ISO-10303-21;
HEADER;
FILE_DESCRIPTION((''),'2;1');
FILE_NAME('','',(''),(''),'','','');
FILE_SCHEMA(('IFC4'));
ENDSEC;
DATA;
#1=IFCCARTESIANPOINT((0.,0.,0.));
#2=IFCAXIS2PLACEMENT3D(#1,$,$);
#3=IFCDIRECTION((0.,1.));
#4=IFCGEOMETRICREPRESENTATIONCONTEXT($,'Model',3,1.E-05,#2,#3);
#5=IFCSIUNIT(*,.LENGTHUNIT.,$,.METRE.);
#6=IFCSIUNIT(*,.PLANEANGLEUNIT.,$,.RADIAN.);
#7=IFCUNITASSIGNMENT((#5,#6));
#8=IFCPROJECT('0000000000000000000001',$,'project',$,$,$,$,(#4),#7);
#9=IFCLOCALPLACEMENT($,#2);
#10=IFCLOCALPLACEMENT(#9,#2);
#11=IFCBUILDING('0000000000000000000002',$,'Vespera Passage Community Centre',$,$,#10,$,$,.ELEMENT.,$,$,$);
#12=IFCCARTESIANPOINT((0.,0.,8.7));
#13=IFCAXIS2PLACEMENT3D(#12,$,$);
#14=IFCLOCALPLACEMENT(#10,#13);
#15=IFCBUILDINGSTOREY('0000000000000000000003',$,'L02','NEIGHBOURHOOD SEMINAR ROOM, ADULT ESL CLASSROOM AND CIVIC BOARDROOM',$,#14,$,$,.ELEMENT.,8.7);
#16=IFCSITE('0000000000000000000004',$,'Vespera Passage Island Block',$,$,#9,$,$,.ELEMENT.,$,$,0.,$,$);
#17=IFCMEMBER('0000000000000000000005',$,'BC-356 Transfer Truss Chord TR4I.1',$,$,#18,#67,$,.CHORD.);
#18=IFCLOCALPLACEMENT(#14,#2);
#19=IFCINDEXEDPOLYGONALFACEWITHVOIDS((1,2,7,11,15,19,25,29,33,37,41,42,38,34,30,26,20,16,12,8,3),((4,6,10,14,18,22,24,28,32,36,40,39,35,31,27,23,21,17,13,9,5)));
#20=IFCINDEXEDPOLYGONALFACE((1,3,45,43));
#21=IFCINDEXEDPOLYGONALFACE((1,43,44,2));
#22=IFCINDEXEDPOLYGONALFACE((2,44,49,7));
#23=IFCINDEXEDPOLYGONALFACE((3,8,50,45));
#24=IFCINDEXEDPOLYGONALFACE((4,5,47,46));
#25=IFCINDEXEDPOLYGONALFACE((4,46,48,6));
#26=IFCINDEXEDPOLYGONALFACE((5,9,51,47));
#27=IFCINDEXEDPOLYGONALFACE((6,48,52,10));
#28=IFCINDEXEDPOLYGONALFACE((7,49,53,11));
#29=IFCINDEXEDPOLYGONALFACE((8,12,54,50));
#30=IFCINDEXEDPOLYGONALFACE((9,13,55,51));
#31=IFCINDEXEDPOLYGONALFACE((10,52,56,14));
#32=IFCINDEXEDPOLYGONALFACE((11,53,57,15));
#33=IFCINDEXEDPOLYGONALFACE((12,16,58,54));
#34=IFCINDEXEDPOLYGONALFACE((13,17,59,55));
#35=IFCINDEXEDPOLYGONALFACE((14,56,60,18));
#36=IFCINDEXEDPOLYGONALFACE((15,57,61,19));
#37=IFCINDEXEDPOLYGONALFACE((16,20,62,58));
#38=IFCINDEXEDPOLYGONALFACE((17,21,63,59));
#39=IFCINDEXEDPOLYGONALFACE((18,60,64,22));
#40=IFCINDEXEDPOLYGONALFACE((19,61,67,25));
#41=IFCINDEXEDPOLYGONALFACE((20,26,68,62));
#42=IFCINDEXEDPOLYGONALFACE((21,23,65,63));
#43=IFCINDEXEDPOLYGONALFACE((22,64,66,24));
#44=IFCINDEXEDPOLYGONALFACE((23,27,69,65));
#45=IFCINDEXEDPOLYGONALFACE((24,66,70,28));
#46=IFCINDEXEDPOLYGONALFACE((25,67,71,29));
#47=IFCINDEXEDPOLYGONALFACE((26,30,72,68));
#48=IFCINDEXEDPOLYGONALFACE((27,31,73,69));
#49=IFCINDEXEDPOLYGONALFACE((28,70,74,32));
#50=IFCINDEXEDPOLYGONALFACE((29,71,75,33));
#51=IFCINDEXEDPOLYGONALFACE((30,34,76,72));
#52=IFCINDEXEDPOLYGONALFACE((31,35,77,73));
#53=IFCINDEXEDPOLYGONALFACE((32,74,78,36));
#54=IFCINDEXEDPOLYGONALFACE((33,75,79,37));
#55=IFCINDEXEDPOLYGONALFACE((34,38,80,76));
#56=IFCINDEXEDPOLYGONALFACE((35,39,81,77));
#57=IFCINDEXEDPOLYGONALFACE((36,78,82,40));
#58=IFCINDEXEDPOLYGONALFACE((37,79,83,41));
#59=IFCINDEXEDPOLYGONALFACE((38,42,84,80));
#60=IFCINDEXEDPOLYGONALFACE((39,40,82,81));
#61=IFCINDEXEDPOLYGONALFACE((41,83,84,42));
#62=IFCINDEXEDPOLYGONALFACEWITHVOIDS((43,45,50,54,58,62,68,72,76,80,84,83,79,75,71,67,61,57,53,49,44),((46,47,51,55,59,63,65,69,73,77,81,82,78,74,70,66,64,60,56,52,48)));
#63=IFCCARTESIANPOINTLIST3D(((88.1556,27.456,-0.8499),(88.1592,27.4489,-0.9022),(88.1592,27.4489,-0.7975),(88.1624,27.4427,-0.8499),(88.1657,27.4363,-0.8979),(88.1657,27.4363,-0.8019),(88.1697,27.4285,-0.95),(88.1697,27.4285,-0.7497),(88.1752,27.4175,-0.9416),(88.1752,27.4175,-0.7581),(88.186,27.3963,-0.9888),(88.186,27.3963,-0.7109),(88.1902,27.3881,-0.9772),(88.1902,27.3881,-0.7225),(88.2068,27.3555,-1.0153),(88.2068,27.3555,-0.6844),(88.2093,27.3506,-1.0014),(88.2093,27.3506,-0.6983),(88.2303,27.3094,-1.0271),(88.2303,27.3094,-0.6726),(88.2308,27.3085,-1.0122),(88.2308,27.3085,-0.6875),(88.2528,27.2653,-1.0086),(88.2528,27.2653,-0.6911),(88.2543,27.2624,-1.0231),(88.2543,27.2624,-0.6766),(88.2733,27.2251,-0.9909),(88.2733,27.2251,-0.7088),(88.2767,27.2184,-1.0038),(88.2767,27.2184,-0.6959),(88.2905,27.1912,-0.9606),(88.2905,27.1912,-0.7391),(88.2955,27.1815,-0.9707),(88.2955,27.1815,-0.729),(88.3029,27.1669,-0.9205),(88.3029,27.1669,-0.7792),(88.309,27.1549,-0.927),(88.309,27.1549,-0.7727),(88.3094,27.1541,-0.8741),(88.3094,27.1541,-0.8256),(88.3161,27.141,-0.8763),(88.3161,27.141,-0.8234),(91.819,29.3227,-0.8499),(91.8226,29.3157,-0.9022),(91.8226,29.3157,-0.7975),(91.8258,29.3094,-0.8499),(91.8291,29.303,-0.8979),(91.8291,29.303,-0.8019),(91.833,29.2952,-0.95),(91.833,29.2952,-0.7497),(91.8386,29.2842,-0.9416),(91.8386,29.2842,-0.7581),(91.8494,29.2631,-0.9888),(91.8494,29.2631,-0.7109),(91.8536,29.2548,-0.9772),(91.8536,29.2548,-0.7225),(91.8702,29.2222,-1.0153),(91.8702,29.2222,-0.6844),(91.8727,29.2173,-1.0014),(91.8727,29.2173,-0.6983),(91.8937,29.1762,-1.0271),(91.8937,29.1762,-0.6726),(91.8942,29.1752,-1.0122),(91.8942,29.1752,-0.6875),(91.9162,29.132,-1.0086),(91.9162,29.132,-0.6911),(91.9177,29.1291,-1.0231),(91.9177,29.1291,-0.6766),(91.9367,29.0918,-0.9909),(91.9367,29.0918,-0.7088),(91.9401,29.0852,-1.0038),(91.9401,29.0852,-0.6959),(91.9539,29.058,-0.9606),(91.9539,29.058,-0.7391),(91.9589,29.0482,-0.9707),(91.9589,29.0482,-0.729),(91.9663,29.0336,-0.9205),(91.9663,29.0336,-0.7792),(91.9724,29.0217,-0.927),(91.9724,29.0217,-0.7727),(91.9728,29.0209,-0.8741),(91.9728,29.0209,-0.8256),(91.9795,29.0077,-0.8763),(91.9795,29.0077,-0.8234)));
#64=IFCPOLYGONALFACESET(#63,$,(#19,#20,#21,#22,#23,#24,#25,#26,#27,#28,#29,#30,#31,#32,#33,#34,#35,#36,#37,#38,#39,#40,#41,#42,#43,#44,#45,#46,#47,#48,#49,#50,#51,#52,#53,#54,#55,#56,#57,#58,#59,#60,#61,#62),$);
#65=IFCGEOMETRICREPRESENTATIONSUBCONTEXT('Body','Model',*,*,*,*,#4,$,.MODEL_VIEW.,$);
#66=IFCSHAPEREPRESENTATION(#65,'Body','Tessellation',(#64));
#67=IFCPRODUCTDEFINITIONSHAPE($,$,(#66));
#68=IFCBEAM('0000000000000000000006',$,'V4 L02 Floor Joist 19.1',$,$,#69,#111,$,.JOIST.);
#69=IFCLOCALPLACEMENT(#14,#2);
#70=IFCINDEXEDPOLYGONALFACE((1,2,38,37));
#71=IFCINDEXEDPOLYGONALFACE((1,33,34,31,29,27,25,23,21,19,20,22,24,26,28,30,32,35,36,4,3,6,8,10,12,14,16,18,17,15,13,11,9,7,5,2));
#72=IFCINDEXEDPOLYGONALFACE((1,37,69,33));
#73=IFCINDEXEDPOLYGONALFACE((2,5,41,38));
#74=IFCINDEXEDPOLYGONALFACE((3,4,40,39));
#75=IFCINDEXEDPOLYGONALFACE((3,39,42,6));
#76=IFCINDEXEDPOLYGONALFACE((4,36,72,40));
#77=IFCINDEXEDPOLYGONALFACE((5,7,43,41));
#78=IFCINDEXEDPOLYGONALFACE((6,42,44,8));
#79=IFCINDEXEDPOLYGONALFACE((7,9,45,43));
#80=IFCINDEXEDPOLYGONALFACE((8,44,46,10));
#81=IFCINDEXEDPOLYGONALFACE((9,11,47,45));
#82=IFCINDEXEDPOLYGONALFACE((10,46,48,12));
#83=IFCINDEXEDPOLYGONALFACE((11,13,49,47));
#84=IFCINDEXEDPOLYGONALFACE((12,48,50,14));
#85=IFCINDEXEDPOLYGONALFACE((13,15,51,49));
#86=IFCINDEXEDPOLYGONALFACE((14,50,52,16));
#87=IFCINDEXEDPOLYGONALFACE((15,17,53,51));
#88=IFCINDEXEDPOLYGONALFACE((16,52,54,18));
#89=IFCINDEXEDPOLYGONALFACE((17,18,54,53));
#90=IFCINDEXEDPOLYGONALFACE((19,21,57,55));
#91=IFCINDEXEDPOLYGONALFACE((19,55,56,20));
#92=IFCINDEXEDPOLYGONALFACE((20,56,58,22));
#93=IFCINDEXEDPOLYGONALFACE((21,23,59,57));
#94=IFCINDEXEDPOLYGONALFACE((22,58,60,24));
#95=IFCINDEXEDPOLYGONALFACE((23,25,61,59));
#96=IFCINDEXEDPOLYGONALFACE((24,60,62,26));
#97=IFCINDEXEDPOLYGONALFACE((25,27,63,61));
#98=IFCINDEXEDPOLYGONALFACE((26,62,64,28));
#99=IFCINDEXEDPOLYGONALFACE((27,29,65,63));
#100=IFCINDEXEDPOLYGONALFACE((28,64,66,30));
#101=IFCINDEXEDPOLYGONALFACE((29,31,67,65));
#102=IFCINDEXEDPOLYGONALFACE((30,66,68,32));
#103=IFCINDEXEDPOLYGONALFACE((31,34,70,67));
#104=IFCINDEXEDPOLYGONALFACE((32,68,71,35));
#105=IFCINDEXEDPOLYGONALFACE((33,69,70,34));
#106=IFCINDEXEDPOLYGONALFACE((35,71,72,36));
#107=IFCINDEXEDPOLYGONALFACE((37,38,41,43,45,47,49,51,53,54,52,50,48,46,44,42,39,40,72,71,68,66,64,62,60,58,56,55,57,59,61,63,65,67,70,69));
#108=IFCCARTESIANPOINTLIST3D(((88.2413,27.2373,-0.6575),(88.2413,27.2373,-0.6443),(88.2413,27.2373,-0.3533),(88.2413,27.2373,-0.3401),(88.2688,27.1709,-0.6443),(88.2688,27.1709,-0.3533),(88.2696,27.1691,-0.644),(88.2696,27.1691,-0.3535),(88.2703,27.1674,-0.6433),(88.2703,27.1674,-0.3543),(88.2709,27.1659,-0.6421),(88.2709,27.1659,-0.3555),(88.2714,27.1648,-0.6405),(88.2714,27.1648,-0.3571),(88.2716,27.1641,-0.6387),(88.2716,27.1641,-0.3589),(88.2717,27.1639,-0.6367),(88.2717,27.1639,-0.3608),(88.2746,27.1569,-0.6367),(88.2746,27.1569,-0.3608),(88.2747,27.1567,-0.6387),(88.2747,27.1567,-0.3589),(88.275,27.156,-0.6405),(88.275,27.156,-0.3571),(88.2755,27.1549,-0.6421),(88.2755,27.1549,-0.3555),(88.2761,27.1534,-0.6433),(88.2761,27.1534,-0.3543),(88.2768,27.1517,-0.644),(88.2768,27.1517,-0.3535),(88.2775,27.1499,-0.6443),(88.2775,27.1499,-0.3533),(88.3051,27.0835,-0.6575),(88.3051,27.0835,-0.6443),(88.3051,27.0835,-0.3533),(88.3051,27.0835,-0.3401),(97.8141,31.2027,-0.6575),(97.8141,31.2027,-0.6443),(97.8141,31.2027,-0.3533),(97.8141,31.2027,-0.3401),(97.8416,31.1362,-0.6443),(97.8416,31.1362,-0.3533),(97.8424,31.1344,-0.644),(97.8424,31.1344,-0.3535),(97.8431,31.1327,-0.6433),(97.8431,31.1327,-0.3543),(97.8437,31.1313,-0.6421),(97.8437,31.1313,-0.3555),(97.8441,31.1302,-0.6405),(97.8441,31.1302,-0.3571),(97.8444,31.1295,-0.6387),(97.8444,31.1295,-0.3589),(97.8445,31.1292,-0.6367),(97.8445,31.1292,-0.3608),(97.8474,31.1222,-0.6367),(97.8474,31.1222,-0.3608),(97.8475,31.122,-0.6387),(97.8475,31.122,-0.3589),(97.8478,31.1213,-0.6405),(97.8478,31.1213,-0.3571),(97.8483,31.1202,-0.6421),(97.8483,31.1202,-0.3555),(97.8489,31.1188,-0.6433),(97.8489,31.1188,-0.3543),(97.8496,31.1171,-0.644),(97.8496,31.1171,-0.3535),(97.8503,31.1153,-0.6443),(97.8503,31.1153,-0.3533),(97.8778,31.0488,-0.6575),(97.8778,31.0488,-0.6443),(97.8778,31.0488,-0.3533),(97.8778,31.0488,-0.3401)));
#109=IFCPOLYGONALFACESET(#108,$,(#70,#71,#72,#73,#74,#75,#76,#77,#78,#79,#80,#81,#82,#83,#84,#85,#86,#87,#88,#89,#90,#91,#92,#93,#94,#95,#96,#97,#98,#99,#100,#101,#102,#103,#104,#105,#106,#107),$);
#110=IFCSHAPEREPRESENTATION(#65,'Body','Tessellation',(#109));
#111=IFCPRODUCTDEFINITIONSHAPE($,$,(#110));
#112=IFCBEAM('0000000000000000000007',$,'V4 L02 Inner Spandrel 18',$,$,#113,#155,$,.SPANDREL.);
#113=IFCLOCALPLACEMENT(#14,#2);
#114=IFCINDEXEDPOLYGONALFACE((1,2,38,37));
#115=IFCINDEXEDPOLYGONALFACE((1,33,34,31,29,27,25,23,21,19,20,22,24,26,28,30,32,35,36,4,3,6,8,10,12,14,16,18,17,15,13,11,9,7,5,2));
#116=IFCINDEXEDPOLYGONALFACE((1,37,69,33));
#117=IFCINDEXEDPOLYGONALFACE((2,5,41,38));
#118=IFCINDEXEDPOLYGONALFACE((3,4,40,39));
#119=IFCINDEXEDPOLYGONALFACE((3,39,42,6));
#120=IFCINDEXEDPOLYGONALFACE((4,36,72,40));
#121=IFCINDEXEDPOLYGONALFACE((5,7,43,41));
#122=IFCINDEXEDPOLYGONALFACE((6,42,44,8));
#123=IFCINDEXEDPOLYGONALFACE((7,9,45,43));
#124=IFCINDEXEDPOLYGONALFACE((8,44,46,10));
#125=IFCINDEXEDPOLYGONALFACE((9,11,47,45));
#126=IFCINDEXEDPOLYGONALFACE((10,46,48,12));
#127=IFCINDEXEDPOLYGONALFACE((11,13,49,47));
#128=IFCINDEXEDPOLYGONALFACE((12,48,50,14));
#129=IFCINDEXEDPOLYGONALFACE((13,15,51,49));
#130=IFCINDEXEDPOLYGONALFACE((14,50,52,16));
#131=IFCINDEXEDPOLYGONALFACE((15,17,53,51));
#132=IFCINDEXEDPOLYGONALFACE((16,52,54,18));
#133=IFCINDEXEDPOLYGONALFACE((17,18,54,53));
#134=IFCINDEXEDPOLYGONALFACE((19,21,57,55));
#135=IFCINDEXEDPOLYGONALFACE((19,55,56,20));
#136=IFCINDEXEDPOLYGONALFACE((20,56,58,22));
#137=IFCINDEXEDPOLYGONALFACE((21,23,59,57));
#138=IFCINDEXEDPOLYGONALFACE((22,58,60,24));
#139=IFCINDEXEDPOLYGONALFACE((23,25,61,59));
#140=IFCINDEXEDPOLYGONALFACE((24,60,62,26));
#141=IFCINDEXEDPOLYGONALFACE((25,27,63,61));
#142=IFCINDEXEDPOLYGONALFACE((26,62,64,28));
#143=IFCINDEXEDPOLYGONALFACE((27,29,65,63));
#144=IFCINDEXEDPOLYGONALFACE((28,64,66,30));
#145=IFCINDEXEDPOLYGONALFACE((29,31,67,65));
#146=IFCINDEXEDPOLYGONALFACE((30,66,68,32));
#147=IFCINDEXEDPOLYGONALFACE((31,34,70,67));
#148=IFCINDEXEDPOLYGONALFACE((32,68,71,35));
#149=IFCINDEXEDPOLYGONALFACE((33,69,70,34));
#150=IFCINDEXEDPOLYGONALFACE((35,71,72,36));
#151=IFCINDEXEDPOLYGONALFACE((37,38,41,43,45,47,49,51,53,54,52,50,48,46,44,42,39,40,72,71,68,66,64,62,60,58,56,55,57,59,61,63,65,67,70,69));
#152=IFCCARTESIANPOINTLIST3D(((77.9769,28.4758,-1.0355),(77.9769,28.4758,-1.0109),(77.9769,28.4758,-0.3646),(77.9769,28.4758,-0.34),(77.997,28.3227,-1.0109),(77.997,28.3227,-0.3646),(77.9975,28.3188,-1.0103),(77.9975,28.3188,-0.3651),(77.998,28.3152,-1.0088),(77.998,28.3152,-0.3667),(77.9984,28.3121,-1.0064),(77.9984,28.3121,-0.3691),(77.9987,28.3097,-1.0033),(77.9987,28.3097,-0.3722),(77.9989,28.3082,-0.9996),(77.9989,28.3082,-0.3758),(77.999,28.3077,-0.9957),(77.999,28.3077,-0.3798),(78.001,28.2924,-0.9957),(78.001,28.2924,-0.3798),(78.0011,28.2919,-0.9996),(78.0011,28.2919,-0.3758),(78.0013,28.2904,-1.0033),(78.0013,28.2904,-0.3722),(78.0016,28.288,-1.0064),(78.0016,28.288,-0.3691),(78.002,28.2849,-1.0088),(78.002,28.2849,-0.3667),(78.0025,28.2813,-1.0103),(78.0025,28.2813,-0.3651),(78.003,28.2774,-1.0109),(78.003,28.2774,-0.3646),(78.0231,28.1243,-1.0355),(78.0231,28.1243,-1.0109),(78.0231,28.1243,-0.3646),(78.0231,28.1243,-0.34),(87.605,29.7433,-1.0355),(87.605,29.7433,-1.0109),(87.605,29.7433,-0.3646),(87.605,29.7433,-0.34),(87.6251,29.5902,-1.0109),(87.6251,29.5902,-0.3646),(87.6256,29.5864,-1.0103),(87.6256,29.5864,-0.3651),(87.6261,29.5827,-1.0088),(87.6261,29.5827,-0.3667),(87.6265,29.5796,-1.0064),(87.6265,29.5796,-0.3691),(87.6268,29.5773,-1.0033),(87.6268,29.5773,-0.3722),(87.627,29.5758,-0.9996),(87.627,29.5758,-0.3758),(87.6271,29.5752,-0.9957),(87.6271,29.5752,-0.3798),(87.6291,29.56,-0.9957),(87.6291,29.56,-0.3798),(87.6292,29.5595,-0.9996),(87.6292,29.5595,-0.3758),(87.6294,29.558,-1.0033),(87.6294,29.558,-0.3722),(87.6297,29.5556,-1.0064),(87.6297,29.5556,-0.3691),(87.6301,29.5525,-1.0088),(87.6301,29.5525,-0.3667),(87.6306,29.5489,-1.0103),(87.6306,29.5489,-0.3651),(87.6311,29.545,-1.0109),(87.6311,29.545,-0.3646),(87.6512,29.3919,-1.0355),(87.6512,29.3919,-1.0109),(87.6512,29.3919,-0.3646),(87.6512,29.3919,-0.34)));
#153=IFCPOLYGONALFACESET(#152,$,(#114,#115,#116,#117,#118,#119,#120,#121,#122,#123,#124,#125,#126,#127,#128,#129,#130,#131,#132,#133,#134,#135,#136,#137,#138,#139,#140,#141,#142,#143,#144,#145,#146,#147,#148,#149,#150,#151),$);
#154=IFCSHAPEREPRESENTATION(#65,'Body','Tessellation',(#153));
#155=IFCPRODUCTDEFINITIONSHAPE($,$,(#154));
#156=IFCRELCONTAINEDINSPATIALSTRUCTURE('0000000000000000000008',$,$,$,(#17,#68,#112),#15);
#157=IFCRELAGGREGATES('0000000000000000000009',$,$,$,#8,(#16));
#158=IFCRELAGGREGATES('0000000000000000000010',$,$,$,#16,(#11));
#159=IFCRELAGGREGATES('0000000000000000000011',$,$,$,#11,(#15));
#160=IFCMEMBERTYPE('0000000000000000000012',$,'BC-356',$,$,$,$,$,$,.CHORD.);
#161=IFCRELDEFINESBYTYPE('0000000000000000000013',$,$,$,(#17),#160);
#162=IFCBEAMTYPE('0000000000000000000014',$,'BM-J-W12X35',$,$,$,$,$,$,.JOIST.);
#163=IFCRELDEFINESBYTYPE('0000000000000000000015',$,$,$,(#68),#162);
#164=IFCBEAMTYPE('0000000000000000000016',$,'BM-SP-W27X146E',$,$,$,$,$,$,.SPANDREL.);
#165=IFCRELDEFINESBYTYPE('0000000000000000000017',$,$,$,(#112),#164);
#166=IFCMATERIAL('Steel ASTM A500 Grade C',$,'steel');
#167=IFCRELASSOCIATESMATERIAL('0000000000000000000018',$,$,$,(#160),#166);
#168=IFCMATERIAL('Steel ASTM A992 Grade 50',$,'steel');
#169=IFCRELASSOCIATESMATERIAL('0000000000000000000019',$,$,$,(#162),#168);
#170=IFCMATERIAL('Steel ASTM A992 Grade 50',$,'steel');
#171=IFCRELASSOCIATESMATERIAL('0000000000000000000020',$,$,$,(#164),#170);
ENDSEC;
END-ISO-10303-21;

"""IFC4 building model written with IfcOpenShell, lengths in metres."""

from ifc_helpers import new_model, si_unit, direction, frame, origin, origin_2d, place, context, subcontext, project, spatial, hollow_circle, i_section, extrude, material, material_profile, profile_set, type_object, element, save


model = new_model("IFC4")

# Units and contexts
model_context = context("Model", 3, precision=1e-05, world=origin(), true_north=direction((0.0, 1.0)))
body_context = subcontext(model_context, "Body", "Model", "MODEL_VIEW")
ifc_project = project(units=[si_unit("LENGTHUNIT", "METRE"), si_unit("PLANEANGLEUNIT", "RADIAN")], contexts=[model_context])

# Site, building, storey
site_placement = place(None, origin())
site = spatial("IfcSite", under=ifc_project, at=site_placement, Name="Vespera Passage Island Block", CompositionType="ELEMENT", RefElevation=0.0)
building_placement = place(site_placement, origin())
building = spatial("IfcBuilding", under=site, at=building_placement, Name="Vespera Passage Community Centre", CompositionType="ELEMENT")
storey_placement = place(building_placement, frame((0.0, 0.0, 8.7)))
storey = spatial("IfcBuildingStorey", under=building, at=storey_placement, Name="L02", Description="NEIGHBOURHOOD SEMINAR ROOM, ADULT ESL CLASSROOM AND CIVIC BOARDROOM", CompositionType="ELEMENT", Elevation=8.7)

# Member
ifc_material_1 = material(Name="Steel ASTM A500 Grade C", Category="steel")
ifc_material_profile_1 = material_profile(ifc_material_1, hollow_circle(Radius=0.1777, WallThickness=0.0149, at=origin_2d()), Name="CHS356X15.9")
ifc_profile_set_1 = profile_set([ifc_material_profile_1], Name="Steel ASTM A500 Grade C")
member_type_1 = type_object("IfcMemberType", Name="BC-356", PredefinedType="CHORD", material=ifc_profile_set_1)
member_1_placement = place(storey_placement, frame((88.2363, 27.2976, -0.8499), z_axis=(0.890993, 0.454017, 0.0), x_axis=(-0.454017, 0.890993, 0.0)))
element("IfcMember", 1, at=member_1_placement, inside=storey, type_object=member_type_1, Name="BC-356 Transfer Truss Chord TR4I.1", PredefinedType="CHORD", context=body_context, shape_type="SweptSolid", body=[
    extrude(hollow_circle(Radius=0.1777, WallThickness=0.0149, at=origin_2d()), origin(), (0.0, 0.0, 1.0), 4.1116),
])

# Beams
ifc_material_2 = material(Name="Steel ASTM A992 Grade 50", Category="steel")
ifc_material_profile_2 = material_profile(ifc_material_2, i_section(OverallWidth=0.1665, OverallDepth=0.3174, WebThickness=0.0076, FlangeThickness=0.0132, FilletRadius=0.0076, at=origin_2d()), Name="W12X35")
ifc_profile_set_2 = profile_set([ifc_material_profile_2], Name="Steel ASTM A992 Grade 50")
beam_type_1 = type_object("IfcBeamType", Name="BM-J-W12X35", PredefinedType="JOIST", material=ifc_profile_set_2)
beam_1_placement = place(storey_placement, frame((88.2732, 27.1604, -0.4988), z_axis=(0.923874, 0.382697, 0.0), x_axis=(-0.382697, 0.923874, 0.0)))
element("IfcBeam", 2, at=beam_1_placement, inside=storey, type_object=beam_type_1, Name="V4 L02 Floor Joist 19.1", PredefinedType="JOIST", context=body_context, shape_type="SweptSolid", body=[
    extrude(i_section(OverallWidth=0.1665, OverallDepth=0.3174, WebThickness=0.0076, FlangeThickness=0.0132, FilletRadius=0.0076, at=origin_2d()), origin(), (0.0, 0.0, 1.0), 10.3616),
])
ifc_material_3 = material(Name="Steel ASTM A992 Grade 50", Category="steel")
ifc_material_profile_3 = material_profile(ifc_material_3, i_section(OverallWidth=0.3545, OverallDepth=0.6956, WebThickness=0.0154, FlangeThickness=0.0247, FilletRadius=0.0151, at=origin_2d()), Name="W27X146")
ifc_profile_set_3 = profile_set([ifc_material_profile_3], Name="Steel ASTM A992 Grade 50")
beam_type_2 = type_object("IfcBeamType", Name="BM-SP-W27X146E", PredefinedType="SPANDREL", material=ifc_profile_set_3)
for number, where, z_axis, x_axis, name in (
    (3, (78.0, 28.3, -0.6877), (0.991445, 0.130527, 0.0), (-0.130527, 0.991445, 0.0), "V4 L02 Inner Spandrel 18"),
):
    element("IfcBeam", number, at=place(storey_placement, frame(where, z_axis=z_axis, x_axis=x_axis)), inside=storey, type_object=beam_type_2, Name=name, PredefinedType="SPANDREL", context=body_context, shape_type="SweptSolid", body=[
        extrude(i_section(OverallWidth=0.3545, OverallDepth=0.6956, WebThickness=0.0154, FlangeThickness=0.0247, FilletRadius=0.0151, at=origin_2d()), origin(), (0.0, 0.0, 1.0), 9.7112),
    ])

save(model, "model.ifc")
